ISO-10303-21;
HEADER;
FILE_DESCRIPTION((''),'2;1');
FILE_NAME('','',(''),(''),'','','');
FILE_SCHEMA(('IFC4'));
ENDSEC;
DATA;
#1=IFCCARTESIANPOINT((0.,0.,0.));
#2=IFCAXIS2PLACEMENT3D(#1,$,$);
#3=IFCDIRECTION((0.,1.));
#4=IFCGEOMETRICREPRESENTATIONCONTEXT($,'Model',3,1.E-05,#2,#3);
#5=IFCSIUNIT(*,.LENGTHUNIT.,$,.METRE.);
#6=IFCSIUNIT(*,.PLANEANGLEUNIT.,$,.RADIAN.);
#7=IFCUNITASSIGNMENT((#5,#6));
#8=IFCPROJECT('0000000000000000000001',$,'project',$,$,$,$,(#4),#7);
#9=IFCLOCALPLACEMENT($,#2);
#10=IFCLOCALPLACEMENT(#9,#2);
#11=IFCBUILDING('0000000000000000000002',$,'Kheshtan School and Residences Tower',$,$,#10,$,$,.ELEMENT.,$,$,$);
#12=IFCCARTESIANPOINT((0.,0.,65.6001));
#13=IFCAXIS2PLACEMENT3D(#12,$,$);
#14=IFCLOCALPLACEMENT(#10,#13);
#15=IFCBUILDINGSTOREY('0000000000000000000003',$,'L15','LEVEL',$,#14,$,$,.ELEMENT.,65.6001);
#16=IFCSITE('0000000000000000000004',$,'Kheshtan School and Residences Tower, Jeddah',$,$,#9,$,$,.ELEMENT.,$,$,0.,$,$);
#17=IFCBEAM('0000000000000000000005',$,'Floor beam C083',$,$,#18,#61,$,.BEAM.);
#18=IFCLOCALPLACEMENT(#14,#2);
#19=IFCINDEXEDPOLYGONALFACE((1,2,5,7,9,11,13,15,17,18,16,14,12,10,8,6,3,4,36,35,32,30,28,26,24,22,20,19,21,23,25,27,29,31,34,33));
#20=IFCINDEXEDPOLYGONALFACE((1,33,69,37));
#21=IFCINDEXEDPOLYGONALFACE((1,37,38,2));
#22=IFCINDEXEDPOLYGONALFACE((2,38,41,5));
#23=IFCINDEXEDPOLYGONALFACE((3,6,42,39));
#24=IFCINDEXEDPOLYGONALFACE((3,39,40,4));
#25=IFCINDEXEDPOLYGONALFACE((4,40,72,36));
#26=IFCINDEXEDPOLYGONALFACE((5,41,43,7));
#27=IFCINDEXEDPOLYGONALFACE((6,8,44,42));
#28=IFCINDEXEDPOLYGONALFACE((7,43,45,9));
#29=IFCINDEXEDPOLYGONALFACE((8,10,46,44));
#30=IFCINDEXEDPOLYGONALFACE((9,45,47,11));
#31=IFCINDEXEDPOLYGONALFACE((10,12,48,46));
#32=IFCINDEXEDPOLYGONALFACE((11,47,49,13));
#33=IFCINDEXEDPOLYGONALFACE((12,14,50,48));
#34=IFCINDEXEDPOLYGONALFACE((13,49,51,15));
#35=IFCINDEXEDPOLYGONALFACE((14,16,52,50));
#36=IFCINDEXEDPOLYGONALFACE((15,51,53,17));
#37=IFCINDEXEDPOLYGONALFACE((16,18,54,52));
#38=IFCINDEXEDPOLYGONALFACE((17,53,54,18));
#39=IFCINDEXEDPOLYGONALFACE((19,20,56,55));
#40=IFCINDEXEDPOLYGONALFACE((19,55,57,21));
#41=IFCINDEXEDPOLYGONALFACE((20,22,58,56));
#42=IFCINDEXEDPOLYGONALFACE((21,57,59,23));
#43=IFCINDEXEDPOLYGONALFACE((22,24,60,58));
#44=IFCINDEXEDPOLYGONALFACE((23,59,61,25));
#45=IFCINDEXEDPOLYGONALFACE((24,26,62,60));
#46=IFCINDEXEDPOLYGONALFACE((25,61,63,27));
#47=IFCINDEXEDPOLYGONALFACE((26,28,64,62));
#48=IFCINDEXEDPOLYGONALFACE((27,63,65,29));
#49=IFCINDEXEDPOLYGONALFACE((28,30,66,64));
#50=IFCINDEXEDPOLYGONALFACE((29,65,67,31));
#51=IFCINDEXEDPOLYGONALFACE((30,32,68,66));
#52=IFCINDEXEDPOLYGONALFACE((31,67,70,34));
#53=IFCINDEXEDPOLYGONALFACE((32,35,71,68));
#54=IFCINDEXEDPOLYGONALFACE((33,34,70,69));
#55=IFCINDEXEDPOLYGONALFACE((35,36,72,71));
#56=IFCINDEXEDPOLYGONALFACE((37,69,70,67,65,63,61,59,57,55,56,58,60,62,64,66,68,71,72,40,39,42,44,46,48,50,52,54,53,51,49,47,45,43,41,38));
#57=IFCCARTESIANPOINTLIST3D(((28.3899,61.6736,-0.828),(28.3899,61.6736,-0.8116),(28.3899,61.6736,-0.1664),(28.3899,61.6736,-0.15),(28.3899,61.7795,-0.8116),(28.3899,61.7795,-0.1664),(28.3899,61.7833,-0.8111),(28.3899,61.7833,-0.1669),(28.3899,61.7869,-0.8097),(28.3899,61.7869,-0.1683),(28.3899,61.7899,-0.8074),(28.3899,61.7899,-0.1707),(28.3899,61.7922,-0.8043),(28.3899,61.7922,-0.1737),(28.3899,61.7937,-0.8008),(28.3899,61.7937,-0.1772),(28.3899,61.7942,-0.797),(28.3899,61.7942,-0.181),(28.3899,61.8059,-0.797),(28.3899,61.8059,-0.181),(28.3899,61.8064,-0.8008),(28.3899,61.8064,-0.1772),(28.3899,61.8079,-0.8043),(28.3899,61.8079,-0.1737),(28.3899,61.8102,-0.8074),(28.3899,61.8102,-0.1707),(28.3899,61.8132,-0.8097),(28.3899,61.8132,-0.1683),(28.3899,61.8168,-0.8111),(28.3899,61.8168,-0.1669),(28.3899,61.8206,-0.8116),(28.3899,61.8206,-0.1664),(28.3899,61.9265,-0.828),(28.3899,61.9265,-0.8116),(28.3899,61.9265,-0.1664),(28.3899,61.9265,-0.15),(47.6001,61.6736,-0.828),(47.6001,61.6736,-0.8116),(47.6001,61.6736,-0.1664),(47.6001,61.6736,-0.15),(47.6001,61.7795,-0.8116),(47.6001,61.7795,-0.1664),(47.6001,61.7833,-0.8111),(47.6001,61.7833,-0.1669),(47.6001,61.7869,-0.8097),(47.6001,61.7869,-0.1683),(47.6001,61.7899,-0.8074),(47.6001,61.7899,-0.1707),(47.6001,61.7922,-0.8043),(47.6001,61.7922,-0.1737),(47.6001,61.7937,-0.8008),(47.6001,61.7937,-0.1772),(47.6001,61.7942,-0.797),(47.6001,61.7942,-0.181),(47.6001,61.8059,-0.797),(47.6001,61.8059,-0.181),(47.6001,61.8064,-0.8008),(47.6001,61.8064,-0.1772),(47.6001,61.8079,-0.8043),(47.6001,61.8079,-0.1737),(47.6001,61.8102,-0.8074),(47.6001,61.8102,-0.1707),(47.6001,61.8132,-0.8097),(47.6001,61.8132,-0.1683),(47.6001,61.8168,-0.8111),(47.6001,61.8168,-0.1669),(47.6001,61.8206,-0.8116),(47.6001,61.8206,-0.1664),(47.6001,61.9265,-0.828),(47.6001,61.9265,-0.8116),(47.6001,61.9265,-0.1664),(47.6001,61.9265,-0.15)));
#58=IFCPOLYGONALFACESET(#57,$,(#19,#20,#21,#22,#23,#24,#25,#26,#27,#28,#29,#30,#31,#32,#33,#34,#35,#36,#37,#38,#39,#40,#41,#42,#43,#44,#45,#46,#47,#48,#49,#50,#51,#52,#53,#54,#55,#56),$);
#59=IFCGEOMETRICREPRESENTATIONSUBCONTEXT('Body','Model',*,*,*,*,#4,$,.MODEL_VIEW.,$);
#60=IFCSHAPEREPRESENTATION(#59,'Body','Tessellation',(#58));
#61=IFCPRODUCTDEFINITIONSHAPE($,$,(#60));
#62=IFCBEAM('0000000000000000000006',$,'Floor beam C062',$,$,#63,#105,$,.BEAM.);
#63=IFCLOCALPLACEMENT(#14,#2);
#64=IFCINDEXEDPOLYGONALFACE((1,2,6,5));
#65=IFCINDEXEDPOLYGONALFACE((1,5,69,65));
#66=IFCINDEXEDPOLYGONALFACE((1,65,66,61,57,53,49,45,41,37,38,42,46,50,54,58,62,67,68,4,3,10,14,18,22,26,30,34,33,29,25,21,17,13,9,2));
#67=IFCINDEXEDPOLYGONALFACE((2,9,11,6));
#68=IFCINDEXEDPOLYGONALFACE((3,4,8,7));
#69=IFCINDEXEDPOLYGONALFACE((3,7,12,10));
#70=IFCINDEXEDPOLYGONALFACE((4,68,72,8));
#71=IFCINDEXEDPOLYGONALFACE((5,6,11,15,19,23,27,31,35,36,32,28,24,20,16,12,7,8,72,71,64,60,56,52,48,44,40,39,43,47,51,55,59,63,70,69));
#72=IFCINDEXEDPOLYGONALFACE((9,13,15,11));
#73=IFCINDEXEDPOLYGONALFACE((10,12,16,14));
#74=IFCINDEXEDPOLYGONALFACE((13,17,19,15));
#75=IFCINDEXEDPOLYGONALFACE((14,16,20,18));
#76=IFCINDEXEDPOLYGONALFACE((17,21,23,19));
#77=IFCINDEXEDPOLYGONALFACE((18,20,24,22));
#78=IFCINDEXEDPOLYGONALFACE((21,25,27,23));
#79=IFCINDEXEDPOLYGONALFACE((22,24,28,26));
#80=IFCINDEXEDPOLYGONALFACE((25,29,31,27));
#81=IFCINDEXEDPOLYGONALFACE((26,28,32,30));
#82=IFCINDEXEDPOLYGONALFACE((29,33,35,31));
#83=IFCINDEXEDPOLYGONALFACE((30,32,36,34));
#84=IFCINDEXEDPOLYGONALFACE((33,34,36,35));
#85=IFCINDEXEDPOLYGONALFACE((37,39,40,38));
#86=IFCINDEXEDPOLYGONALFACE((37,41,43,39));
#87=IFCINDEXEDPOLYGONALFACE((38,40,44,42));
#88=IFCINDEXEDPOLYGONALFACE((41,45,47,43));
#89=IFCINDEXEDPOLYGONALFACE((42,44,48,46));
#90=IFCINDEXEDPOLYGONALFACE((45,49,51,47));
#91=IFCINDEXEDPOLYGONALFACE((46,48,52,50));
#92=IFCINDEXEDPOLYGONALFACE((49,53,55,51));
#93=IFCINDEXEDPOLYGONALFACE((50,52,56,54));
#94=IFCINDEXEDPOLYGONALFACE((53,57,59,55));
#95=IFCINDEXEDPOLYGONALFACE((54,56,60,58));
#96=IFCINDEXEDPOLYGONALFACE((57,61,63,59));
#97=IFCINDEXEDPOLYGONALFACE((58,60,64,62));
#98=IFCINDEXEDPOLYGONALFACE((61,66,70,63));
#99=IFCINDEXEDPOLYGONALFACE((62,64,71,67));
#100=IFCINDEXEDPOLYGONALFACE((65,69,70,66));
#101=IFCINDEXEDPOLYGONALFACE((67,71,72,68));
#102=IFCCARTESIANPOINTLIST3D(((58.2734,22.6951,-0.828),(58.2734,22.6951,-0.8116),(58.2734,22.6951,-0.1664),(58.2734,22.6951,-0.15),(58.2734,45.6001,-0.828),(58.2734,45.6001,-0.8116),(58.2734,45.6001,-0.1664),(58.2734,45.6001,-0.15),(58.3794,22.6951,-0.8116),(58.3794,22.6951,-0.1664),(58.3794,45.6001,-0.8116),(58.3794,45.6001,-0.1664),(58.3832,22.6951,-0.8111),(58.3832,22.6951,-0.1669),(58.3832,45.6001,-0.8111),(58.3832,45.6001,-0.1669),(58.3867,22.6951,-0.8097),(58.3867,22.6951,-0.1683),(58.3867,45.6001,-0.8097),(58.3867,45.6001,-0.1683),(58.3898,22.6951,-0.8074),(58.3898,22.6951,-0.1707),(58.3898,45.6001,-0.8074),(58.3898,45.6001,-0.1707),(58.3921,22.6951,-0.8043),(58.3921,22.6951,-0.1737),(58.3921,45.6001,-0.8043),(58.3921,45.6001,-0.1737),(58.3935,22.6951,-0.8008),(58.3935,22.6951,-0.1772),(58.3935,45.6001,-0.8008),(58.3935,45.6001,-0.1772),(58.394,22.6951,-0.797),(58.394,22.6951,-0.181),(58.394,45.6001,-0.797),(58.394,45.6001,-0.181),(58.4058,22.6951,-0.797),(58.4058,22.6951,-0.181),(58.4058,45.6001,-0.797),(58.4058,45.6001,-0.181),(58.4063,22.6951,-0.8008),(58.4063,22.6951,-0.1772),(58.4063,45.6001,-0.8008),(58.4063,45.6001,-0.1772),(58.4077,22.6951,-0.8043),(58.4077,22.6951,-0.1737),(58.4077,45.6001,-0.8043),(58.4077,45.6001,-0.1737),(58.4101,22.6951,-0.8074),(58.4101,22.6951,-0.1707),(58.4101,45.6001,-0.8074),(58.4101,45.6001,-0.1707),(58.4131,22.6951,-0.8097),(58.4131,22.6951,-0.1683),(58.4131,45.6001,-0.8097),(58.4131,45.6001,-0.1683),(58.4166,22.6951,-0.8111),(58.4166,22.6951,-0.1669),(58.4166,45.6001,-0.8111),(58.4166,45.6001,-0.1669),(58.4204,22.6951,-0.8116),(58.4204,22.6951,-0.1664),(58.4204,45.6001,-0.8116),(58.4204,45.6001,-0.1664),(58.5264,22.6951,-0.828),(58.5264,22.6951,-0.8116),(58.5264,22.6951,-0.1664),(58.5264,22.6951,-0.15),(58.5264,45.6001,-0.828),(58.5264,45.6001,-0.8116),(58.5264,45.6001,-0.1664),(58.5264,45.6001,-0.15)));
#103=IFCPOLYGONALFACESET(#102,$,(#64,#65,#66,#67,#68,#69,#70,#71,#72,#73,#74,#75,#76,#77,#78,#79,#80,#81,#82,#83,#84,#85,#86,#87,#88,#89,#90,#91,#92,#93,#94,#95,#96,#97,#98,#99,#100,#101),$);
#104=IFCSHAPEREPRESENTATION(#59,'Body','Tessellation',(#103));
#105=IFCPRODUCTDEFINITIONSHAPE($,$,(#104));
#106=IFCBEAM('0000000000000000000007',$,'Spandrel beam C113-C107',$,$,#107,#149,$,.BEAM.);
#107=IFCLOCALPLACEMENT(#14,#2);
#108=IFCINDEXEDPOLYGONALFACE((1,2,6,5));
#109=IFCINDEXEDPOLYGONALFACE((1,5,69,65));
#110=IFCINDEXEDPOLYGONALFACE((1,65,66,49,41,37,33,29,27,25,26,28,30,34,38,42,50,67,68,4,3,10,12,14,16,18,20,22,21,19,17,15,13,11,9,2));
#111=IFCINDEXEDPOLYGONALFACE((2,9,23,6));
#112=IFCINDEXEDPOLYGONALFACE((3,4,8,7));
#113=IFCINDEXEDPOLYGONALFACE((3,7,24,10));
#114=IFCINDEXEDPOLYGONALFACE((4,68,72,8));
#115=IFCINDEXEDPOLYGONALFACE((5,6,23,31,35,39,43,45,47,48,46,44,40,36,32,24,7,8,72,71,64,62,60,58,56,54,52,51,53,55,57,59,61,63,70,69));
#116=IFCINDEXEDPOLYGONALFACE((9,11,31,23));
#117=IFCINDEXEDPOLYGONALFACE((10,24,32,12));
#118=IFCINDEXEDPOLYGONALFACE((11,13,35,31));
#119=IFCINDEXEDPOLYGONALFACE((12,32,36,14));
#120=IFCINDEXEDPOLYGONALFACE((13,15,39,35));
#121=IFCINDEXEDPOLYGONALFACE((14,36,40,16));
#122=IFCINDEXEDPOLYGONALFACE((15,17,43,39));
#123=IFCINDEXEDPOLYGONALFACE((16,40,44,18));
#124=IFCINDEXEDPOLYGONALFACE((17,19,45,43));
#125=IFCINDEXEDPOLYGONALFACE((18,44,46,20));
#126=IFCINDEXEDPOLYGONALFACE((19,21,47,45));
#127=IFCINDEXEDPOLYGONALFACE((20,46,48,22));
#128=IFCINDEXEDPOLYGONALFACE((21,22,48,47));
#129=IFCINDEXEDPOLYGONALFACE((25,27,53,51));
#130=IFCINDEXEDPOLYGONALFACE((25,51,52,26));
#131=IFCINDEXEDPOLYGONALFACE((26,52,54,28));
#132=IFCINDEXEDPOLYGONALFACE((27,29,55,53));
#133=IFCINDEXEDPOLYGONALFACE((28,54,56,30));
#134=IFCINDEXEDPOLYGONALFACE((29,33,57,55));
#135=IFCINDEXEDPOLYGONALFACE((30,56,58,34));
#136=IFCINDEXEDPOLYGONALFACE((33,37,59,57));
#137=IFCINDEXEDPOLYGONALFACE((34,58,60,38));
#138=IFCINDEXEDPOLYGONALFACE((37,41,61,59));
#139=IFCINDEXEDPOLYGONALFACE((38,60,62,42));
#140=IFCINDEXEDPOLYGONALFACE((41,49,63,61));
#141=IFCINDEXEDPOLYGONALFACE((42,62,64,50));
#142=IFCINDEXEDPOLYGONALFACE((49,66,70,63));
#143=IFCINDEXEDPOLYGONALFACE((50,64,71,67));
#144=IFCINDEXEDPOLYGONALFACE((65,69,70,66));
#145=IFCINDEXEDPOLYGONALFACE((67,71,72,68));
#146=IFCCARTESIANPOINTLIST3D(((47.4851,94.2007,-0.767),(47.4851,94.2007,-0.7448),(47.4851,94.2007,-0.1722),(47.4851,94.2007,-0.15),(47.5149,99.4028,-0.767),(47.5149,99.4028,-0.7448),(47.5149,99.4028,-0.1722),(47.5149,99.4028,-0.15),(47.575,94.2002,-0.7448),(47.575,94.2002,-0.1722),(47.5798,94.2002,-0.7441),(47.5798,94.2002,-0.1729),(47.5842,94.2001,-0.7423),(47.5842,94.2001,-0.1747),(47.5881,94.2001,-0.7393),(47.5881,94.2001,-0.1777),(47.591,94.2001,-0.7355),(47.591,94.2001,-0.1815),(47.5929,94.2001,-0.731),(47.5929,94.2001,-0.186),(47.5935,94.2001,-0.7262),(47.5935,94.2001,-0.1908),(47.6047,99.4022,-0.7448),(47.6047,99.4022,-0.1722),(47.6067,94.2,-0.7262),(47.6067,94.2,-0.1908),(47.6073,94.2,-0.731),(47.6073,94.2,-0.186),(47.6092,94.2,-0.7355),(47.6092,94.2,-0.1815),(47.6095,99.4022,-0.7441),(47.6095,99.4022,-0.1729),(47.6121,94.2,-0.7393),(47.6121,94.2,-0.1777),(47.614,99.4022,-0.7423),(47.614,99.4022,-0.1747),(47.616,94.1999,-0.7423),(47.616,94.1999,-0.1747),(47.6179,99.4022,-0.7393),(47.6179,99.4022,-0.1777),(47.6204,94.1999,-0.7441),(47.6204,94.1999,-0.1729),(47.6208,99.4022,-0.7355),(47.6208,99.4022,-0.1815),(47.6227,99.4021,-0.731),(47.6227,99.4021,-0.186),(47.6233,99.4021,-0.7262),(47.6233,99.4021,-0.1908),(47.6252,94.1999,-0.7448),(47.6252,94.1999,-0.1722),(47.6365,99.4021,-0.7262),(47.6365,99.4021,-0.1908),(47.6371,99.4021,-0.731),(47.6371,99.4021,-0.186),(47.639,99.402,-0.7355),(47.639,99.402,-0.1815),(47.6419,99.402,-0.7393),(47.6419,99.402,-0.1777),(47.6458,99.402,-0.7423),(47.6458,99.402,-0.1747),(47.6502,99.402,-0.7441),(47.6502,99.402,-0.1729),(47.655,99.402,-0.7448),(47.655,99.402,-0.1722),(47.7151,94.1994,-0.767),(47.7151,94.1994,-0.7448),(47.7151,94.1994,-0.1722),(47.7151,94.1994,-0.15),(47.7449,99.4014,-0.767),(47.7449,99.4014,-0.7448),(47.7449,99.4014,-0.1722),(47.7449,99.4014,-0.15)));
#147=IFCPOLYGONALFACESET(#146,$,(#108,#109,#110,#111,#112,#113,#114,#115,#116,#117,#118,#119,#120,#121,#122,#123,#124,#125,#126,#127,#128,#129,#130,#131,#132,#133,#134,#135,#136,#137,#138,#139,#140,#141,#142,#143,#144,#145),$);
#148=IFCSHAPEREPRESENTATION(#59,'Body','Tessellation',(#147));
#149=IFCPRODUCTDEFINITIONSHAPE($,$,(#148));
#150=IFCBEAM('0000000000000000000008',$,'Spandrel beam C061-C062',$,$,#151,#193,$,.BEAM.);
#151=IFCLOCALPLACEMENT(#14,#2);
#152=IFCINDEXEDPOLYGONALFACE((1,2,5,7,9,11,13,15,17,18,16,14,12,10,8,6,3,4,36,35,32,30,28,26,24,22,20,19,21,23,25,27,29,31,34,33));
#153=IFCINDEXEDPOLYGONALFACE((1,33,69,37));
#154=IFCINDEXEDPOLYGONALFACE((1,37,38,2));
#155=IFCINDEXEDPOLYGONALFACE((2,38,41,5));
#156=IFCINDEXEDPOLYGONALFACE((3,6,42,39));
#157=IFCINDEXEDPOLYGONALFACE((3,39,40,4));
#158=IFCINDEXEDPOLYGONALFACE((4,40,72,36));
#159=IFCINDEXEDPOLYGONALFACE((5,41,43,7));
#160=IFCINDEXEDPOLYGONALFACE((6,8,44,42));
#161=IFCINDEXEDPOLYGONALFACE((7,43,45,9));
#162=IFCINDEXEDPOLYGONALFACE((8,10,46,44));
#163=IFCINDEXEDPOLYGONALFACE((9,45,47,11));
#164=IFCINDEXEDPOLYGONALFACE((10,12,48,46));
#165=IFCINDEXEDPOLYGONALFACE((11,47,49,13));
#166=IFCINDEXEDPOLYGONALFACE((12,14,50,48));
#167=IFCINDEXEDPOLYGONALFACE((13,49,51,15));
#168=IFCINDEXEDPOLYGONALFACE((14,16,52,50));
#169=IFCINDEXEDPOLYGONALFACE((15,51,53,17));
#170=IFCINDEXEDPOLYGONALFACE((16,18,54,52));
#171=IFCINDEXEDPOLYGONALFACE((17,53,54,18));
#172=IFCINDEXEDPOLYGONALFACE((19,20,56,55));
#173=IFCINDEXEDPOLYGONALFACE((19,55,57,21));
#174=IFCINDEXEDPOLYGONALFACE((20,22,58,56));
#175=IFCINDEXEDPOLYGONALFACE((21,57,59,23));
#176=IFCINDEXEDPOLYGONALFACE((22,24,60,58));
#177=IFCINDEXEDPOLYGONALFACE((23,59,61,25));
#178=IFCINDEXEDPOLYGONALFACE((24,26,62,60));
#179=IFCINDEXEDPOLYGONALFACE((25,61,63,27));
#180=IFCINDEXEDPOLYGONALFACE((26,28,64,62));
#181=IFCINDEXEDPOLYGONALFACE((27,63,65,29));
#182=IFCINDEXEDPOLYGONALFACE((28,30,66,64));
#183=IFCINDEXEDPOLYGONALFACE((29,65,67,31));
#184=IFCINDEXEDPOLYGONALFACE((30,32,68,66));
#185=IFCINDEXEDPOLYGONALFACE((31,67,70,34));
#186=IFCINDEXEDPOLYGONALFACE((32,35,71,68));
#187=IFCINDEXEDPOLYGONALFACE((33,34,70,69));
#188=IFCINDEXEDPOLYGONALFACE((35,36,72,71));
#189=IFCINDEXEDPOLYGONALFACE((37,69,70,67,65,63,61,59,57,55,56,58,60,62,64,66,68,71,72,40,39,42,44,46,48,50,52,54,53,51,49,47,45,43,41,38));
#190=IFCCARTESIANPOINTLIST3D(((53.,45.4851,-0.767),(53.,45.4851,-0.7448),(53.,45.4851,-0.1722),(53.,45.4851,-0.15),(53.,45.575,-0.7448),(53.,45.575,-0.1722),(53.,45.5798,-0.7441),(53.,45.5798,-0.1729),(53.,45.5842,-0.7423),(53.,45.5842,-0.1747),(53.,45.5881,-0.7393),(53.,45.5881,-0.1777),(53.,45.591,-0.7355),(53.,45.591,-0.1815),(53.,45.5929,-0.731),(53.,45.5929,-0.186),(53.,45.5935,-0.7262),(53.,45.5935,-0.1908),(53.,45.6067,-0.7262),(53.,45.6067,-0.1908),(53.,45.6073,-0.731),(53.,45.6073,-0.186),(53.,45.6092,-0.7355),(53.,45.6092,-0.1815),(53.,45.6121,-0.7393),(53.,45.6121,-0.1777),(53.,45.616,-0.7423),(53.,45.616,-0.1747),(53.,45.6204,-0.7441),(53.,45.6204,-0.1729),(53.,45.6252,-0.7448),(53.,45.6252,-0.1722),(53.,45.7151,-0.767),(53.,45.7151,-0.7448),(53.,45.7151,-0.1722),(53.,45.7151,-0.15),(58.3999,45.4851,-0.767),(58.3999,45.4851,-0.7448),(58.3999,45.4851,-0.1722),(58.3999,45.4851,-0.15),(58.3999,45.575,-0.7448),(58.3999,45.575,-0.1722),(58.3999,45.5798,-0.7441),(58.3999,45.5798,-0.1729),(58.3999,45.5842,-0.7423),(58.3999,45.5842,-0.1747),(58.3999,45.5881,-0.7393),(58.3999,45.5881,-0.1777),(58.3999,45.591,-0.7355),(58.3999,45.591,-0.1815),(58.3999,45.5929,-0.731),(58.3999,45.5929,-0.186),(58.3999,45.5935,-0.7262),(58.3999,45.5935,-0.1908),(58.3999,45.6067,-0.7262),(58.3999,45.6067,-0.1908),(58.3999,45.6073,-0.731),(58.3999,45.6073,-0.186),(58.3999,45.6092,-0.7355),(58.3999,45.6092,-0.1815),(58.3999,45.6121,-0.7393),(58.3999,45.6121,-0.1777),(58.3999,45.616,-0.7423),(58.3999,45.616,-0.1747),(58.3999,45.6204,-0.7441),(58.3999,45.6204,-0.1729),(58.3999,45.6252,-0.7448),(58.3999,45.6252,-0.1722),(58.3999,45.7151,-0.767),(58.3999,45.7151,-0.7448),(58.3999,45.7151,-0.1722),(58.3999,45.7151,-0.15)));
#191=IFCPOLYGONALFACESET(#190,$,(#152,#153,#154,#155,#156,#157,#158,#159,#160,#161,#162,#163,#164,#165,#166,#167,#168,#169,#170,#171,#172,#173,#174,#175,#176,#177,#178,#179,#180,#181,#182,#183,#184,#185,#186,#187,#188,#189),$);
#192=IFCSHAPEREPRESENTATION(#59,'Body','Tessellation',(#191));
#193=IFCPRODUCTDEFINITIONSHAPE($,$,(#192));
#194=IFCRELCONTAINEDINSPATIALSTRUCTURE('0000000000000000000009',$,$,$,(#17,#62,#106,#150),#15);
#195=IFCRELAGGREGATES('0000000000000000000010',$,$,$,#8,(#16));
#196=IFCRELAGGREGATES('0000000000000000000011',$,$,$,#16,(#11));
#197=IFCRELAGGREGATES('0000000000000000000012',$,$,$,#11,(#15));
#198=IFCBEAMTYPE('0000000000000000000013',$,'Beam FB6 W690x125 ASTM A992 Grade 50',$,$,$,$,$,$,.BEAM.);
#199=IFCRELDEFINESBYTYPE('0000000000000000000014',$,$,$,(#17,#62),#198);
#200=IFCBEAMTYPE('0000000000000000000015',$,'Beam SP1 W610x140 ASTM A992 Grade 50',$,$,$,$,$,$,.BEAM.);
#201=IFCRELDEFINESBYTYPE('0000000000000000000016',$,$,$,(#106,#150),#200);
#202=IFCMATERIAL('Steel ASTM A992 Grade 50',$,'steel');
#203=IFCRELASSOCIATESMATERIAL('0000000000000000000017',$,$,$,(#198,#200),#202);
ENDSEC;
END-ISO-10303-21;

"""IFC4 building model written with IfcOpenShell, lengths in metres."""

from ifc_helpers import new_model, si_unit, direction, frame, origin, origin_2d, place, context, subcontext, project, spatial, i_section, extrude, material, material_profile, profile_set, type_object, element, save


model = new_model("IFC4")

# Units and contexts
model_context = context("Model", 3, precision=1e-05, world=origin(), true_north=direction((0.0, 1.0)))
body_context = subcontext(model_context, "Body", "Model", "MODEL_VIEW")
ifc_project = project(units=[si_unit("LENGTHUNIT", "METRE"), si_unit("PLANEANGLEUNIT", "RADIAN")], contexts=[model_context])

# Site, building, storey
site_placement = place(None, origin())
site = spatial("IfcSite", under=ifc_project, at=site_placement, Name="Kheshtan School and Residences Tower, Jeddah", CompositionType="ELEMENT", RefElevation=0.0)
building_placement = place(site_placement, origin())
building = spatial("IfcBuilding", under=site, at=building_placement, Name="Kheshtan School and Residences Tower", CompositionType="ELEMENT")
storey_placement = place(building_placement, frame((0.0, 0.0, 65.6001)))
storey = spatial("IfcBuildingStorey", under=building, at=storey_placement, Name="L15", Description="LEVEL", CompositionType="ELEMENT", Elevation=65.6001)

# Shared definitions
ifc_material_1 = material(Name="Steel ASTM A992 Grade 50", Category="steel")

# Beams
ifc_material_profile_1 = material_profile(ifc_material_1, i_section(OverallWidth=0.2529, OverallDepth=0.678, WebThickness=0.0117, FlangeThickness=0.0164, FilletRadius=0.0146, at=origin_2d()), Name="W690x125")
ifc_profile_set_1 = profile_set([ifc_material_profile_1], Name="Steel ASTM A992 Grade 50")
beam_type_1 = type_object("IfcBeamType", Name="Beam FB6 W690x125 ASTM A992 Grade 50", PredefinedType="BEAM", material=ifc_profile_set_1)
beam_1_placement = place(storey_placement, frame((47.6001, 61.8, -0.489), z_axis=(-1.0, 0.0, 0.0), x_axis=(0.0, -1.0, 0.0)))
element("IfcBeam", 1, at=beam_1_placement, inside=storey, type_object=beam_type_1, Name="Floor beam C083", PredefinedType="BEAM", context=body_context, shape_type="SweptSolid", body=[
    extrude(i_section(OverallWidth=0.2529, OverallDepth=0.678, WebThickness=0.0117, FlangeThickness=0.0164, FilletRadius=0.0146, at=origin_2d()), origin(), (0.0, 0.0, 1.0), 19.2102),
])
beam_2_placement = place(storey_placement, frame((58.3999, 45.6001, -0.489), z_axis=(0.0, -1.0, 0.0), x_axis=(1.0, 0.0, 0.0)))
element("IfcBeam", 2, at=beam_2_placement, inside=storey, type_object=beam_type_1, Name="Floor beam C062", PredefinedType="BEAM", context=body_context, shape_type="SweptSolid", body=[
    extrude(i_section(OverallWidth=0.2529, OverallDepth=0.678, WebThickness=0.0117, FlangeThickness=0.0164, FilletRadius=0.0146, at=origin_2d()), origin(), (0.0, 0.0, 1.0), 22.905),
])
ifc_material_profile_2 = material_profile(ifc_material_1, i_section(OverallWidth=0.23, OverallDepth=0.6169, WebThickness=0.0132, FlangeThickness=0.0222, FilletRadius=0.0186, at=origin_2d()), Name="W610x140")
ifc_profile_set_2 = profile_set([ifc_material_profile_2], Name="Steel ASTM A992 Grade 50")
beam_type_2 = type_object("IfcBeamType", Name="Beam SP1 W610x140 ASTM A992 Grade 50", PredefinedType="BEAM", material=ifc_profile_set_2)
beam_3_placement = place(storey_placement, frame((47.6299, 99.4021, -0.4585), z_axis=(-0.005725, -0.999984, 0.0), x_axis=(0.999984, -0.005725, 0.0)))
element("IfcBeam", 3, at=beam_3_placement, inside=storey, type_object=beam_type_2, Name="Spandrel beam C113-C107", PredefinedType="BEAM", context=body_context, shape_type="SweptSolid", body=[
    extrude(i_section(OverallWidth=0.23, OverallDepth=0.6169, WebThickness=0.0132, FlangeThickness=0.0222, FilletRadius=0.0186, at=origin_2d()), origin(), (0.0, 0.0, 1.0), 5.2021),
])
beam_4_placement = place(storey_placement, frame((53.0, 45.6001, -0.4585), z_axis=(1.0, 0.0, 0.0), x_axis=(0.0, 1.0, 0.0)))
element("IfcBeam", 4, at=beam_4_placement, inside=storey, type_object=beam_type_2, Name="Spandrel beam C061-C062", PredefinedType="BEAM", context=body_context, shape_type="SweptSolid", body=[
    extrude(i_section(OverallWidth=0.23, OverallDepth=0.6169, WebThickness=0.0132, FlangeThickness=0.0222, FilletRadius=0.0186, at=origin_2d()), origin(), (0.0, 0.0, 1.0), 5.3999),
])

save(model, "model.ifc")
